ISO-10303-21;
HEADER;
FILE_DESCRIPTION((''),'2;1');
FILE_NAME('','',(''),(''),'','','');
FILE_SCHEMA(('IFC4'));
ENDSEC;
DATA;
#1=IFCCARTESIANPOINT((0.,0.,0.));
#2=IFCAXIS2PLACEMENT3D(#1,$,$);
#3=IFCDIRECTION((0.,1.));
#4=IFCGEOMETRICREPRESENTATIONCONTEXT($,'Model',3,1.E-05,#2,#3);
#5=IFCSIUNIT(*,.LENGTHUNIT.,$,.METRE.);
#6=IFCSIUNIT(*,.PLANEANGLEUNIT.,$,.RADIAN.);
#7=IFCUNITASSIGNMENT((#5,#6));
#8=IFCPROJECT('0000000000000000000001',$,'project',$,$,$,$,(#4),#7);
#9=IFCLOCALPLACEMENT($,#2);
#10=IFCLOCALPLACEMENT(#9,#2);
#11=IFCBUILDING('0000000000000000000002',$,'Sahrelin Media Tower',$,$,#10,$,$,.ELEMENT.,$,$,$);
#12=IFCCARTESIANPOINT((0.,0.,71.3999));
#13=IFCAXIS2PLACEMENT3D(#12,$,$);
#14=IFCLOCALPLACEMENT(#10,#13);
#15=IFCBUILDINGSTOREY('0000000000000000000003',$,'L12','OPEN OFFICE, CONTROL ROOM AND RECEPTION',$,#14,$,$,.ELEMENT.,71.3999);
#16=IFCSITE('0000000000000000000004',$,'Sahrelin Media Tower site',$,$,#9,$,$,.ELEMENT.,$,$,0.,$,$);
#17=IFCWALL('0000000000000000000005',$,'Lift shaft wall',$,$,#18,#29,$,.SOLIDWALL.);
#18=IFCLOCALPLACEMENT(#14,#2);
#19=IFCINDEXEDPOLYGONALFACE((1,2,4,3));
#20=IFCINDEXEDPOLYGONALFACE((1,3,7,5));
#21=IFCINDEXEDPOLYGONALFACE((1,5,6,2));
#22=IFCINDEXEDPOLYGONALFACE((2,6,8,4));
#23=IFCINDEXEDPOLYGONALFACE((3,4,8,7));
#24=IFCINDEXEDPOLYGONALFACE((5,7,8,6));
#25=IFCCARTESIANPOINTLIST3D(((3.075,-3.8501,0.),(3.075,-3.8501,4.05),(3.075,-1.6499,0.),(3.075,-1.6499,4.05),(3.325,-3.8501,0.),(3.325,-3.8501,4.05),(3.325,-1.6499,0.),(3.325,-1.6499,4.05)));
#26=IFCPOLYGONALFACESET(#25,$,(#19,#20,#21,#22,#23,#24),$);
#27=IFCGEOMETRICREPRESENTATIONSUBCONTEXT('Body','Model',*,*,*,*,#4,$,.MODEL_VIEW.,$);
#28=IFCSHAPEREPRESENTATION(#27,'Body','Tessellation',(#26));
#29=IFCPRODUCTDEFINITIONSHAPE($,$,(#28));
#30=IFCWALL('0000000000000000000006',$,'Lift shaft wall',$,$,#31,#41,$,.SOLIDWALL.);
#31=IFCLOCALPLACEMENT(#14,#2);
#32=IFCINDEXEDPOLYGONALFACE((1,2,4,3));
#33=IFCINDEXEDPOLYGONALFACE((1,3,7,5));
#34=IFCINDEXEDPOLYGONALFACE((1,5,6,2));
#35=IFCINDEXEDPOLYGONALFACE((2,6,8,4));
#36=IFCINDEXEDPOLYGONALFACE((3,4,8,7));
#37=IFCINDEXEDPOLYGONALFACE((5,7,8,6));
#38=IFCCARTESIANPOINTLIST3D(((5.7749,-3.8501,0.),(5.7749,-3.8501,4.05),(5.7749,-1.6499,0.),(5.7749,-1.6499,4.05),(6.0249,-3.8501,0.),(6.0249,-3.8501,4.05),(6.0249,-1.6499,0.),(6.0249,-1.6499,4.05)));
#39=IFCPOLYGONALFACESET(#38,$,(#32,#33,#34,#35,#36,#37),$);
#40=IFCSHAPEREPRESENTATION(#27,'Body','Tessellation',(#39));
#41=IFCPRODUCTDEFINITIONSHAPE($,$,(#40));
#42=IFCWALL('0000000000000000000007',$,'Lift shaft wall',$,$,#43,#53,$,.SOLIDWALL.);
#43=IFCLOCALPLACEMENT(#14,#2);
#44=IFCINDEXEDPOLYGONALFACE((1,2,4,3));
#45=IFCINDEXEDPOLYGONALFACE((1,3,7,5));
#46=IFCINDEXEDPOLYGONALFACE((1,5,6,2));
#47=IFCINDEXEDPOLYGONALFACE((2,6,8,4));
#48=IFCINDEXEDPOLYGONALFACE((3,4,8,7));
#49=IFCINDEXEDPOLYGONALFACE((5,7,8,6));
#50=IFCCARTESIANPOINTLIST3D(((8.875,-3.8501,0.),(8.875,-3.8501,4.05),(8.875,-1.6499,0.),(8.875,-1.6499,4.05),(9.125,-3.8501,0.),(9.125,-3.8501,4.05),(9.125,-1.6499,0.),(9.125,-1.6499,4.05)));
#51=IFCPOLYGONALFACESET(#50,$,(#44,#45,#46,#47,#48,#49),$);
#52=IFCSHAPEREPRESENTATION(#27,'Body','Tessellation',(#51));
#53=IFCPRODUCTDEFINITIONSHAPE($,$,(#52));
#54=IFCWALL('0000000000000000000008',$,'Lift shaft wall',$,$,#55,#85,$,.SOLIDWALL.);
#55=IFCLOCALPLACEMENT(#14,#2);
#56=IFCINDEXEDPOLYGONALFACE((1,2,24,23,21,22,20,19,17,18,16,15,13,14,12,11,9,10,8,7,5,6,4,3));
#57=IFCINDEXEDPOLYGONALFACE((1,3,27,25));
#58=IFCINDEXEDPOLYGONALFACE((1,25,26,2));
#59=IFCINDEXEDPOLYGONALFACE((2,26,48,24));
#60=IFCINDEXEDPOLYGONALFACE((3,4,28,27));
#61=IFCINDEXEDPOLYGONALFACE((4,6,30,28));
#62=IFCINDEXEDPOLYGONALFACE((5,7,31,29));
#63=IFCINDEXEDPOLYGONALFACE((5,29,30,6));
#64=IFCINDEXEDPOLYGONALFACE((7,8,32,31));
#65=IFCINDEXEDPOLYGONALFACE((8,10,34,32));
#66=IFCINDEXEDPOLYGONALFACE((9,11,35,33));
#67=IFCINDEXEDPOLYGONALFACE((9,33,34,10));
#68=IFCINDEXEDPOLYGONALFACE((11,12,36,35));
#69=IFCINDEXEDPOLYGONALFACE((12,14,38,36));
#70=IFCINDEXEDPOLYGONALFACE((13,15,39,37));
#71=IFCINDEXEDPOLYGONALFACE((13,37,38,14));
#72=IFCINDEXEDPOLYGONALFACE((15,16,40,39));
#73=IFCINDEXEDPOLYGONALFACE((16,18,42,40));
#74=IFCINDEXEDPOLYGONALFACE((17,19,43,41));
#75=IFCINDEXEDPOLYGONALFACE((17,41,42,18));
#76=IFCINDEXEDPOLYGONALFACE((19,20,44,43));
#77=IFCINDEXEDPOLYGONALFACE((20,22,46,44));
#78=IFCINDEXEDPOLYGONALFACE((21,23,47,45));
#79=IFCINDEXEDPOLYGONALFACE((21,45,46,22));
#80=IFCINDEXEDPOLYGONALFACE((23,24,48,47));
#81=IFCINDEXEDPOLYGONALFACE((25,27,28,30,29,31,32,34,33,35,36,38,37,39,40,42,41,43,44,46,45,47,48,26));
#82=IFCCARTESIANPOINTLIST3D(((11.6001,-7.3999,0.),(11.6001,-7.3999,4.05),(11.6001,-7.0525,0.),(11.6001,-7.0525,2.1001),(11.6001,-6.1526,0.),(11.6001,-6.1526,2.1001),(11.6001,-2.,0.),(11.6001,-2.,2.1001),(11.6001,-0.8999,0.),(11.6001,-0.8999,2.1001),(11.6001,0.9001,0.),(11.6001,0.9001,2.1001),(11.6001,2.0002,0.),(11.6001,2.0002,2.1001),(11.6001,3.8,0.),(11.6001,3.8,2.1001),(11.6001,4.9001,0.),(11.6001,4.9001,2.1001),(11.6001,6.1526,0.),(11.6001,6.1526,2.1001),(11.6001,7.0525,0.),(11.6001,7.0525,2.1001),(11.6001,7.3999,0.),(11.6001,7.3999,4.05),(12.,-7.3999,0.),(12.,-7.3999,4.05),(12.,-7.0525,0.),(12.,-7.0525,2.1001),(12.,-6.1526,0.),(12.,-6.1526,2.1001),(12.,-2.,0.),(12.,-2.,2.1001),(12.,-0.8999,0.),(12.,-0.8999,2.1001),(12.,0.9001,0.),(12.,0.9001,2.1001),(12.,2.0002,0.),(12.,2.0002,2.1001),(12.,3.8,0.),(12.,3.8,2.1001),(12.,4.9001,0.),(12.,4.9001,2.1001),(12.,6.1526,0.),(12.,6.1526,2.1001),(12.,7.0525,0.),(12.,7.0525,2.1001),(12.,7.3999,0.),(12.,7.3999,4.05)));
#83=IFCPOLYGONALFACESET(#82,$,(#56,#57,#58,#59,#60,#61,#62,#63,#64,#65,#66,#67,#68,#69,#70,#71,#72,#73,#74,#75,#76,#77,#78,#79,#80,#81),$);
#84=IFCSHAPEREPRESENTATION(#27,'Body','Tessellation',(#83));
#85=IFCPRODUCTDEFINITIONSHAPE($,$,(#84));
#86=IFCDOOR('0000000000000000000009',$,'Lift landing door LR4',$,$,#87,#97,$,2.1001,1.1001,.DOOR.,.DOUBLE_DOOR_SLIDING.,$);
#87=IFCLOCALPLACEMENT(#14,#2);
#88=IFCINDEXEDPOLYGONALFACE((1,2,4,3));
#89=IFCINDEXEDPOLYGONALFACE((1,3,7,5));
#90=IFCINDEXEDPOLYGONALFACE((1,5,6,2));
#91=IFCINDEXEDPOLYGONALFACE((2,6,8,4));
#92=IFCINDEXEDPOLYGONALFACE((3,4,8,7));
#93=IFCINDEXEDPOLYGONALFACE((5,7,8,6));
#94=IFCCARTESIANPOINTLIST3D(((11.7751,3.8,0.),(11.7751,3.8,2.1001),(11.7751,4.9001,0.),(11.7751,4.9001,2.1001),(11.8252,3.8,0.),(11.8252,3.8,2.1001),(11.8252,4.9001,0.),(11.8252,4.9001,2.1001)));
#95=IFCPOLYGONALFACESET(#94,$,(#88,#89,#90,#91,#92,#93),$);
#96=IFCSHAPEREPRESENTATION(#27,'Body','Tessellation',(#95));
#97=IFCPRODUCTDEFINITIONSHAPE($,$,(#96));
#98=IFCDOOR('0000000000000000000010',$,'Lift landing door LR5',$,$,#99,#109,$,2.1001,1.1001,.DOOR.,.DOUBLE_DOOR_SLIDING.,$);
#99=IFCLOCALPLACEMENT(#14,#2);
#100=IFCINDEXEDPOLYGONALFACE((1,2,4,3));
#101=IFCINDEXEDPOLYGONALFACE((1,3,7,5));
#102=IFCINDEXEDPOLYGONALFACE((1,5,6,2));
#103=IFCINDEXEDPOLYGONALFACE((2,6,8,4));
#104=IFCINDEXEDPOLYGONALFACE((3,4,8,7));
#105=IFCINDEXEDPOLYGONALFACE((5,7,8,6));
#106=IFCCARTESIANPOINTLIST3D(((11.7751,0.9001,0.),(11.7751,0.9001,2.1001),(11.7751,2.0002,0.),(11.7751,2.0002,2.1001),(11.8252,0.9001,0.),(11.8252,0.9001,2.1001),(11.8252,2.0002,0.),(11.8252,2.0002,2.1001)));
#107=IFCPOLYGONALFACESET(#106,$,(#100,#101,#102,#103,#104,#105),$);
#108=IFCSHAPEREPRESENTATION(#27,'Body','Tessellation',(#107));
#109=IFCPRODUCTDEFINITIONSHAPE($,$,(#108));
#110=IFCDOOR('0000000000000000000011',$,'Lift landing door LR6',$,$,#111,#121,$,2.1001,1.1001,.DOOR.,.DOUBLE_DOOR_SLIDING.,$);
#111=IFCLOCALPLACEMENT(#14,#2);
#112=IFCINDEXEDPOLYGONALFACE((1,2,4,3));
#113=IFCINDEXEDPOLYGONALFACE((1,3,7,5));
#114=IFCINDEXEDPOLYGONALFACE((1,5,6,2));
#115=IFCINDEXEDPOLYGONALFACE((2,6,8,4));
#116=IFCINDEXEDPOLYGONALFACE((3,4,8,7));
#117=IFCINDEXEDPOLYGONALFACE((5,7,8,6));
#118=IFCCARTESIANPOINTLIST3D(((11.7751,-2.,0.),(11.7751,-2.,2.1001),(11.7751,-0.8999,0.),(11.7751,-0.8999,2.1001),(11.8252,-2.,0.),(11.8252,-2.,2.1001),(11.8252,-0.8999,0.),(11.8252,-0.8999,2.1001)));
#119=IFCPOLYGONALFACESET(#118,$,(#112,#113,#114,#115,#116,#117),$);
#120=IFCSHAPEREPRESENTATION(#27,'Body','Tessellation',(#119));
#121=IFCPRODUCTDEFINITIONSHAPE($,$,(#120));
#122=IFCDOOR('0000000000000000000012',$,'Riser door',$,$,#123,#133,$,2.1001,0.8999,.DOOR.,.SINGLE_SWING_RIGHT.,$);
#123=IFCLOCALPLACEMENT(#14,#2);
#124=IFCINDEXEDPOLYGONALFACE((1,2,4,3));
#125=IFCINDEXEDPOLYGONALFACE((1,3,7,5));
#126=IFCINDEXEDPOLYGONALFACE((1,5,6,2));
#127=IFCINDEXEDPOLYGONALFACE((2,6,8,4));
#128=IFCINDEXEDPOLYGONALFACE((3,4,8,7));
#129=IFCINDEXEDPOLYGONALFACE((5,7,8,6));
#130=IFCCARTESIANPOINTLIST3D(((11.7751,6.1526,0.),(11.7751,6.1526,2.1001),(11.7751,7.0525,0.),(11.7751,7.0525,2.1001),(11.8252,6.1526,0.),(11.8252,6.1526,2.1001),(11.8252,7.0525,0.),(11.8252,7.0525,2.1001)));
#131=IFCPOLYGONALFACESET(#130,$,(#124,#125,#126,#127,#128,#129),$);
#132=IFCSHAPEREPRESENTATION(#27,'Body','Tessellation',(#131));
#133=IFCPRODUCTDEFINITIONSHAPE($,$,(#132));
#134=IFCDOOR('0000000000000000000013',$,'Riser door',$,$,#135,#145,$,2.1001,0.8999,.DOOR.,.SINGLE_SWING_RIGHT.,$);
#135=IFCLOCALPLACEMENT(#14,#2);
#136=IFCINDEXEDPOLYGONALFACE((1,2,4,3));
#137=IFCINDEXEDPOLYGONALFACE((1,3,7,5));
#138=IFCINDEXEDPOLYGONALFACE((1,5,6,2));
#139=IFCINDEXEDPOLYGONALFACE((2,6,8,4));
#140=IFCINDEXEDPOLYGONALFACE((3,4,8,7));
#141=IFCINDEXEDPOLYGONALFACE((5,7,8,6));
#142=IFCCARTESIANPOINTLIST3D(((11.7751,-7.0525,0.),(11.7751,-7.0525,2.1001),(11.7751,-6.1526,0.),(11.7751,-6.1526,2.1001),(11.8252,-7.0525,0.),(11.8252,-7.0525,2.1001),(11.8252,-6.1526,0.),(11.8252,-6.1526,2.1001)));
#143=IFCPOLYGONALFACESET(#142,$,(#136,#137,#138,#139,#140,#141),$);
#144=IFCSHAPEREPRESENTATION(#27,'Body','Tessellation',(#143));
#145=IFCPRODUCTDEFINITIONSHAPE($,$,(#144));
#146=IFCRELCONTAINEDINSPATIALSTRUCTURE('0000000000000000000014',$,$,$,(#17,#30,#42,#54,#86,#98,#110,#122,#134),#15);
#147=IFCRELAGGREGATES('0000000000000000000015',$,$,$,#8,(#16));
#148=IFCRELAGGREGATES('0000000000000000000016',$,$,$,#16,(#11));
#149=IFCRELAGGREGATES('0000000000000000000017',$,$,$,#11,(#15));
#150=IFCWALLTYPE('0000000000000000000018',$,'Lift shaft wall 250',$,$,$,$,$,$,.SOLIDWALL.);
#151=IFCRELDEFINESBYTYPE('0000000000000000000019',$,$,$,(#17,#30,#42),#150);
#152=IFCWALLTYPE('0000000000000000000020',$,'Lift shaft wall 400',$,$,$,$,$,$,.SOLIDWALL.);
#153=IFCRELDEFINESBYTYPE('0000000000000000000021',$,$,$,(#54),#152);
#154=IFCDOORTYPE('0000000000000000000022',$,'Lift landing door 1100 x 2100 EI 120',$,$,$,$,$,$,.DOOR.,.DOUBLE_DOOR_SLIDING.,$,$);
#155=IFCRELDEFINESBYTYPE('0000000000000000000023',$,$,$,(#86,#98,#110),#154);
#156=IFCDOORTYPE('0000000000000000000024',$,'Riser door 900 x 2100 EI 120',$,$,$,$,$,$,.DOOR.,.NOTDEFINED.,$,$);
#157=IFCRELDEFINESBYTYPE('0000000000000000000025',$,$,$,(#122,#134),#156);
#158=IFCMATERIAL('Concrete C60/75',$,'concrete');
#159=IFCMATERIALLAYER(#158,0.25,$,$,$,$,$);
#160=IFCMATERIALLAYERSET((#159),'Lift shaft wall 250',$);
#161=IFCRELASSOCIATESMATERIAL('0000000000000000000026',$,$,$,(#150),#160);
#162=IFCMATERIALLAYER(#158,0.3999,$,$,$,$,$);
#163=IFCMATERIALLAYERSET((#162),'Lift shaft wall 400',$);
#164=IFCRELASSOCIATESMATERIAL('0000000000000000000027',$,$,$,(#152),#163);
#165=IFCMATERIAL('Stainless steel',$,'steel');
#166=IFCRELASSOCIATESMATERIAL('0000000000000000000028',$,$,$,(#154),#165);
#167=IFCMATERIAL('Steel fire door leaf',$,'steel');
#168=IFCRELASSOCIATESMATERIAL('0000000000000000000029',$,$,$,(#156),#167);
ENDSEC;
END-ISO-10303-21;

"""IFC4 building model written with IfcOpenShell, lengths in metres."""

from ifc_helpers import new_model, si_unit, direction, frame, frame_2d, origin, place, context, subcontext, project, spatial, rectangle, extrude, material, layer, layer_set, type_object, element, fill, save


model = new_model("IFC4")

# Units and contexts
model_context = context("Model", 3, precision=1e-05, world=origin(), true_north=direction((0.0, 1.0)))
body_context = subcontext(model_context, "Body", "Model", "MODEL_VIEW")
ifc_project = project(units=[si_unit("LENGTHUNIT", "METRE"), si_unit("PLANEANGLEUNIT", "RADIAN")], contexts=[model_context])

# Site, building, storey
site_placement = place(None, origin())
site = spatial("IfcSite", under=ifc_project, at=site_placement, Name="Sahrelin Media Tower site", CompositionType="ELEMENT", RefElevation=0.0)
building_placement = place(site_placement, origin())
building = spatial("IfcBuilding", under=site, at=building_placement, Name="Sahrelin Media Tower", CompositionType="ELEMENT")
storey_placement = place(building_placement, frame((0.0, 0.0, 71.3999)))
storey = spatial("IfcBuildingStorey", under=building, at=storey_placement, Name="L12", Description="OPEN OFFICE, CONTROL ROOM AND RECEPTION", CompositionType="ELEMENT", Elevation=71.3999)

# Shared definitions
ifc_material_1 = material(Name="Concrete C60/75", Category="concrete")

# Shared definitions
ifc_material_2 = material(Name="Steel fire door leaf", Category="steel")

# Walls
ifc_layer_1 = layer(ifc_material_1, 0.25)
ifc_layer_set_1 = layer_set([ifc_layer_1], Name="Lift shaft wall 250")
wall_type_1 = type_object("IfcWallType", Name="Lift shaft wall 250", PredefinedType="SOLIDWALL", material=ifc_layer_set_1)
for number, where, z_axis, x_axis, name in (
    (1, (3.2, -3.8501, 0.0), (0.0, 0.0, 1.0), (0.0, 1.0, 0.0), "Lift shaft wall"),
    (2, (5.8999, -3.8501, 0.0), (0.0, 0.0, 1.0), (0.0, 1.0, 0.0), "Lift shaft wall"),
    (3, (9.0, -3.8501, 0.0), (0.0, 0.0, 1.0), (0.0, 1.0, 0.0), "Lift shaft wall"),
):
    element("IfcWall", number, at=place(storey_placement, frame(where, z_axis=z_axis, x_axis=x_axis)), inside=storey, type_object=wall_type_1, Name=name, PredefinedType="SOLIDWALL", context=body_context, shape_type="SweptSolid", body=[
        extrude(rectangle(XDim=2.2002, YDim=0.25, at=frame_2d((1.1001, 0.0))), origin(), (0.0, 0.0, 1.0), 4.05),
    ])

# Wall, openings, doors
ifc_layer_2 = layer(ifc_material_1, 0.3999)
ifc_layer_set_2 = layer_set([ifc_layer_2], Name="Lift shaft wall 400")
wall_type_2 = type_object("IfcWallType", Name="Lift shaft wall 400", PredefinedType="SOLIDWALL", material=ifc_layer_set_2)
wall_1_placement = place(storey_placement, frame((11.8, -7.3999, 0.0), z_axis=(0.0, 0.0, 1.0), x_axis=(0.0, 1.0, 0.0)))
wall_1 = element("IfcWall", 4, at=wall_1_placement, inside=storey, type_object=wall_type_2, Name="Lift shaft wall", PredefinedType="SOLIDWALL", context=body_context, shape_type="SweptSolid", body=[
    extrude(rectangle(XDim=14.7998, YDim=0.3999, at=frame_2d((7.3999, 0.0))), origin(), (0.0, 0.0, 1.0), 4.05),
])
opening_1_placement = place(wall_1_placement, frame((11.2, 0.0, 0.0)))
opening_1 = element("IfcOpeningElement", 5, at=opening_1_placement, cuts=wall_1, PredefinedType="OPENING", context=body_context, shape_type="SweptSolid", body=[
    extrude(rectangle(XDim=1.1001, YDim=2.1001, at=frame_2d((0.55, 1.05))), frame((0.0, 0.2, 0.0), z_axis=(0.0, -1.0, 0.0), x_axis=(1.0, 0.0, 0.0)), (0.0, 0.0, 1.0), 0.3999),
])
opening_2_placement = place(wall_1_placement, frame((8.3, 0.0, 0.0)))
opening_2 = element("IfcOpeningElement", 6, at=opening_2_placement, cuts=wall_1, PredefinedType="OPENING", context=body_context, shape_type="SweptSolid", body=[
    extrude(rectangle(XDim=1.1001, YDim=2.1001, at=frame_2d((0.55, 1.05))), frame((0.0, 0.2, 0.0), z_axis=(0.0, -1.0, 0.0), x_axis=(1.0, 0.0, 0.0)), (0.0, 0.0, 1.0), 0.3999),
])
opening_3_placement = place(wall_1_placement, frame((5.3999, 0.0, 0.0)))
opening_3 = element("IfcOpeningElement", 7, at=opening_3_placement, cuts=wall_1, PredefinedType="OPENING", context=body_context, shape_type="SweptSolid", body=[
    extrude(rectangle(XDim=1.1001, YDim=2.1001, at=frame_2d((0.55, 1.05))), frame((0.0, 0.2, 0.0), z_axis=(0.0, -1.0, 0.0), x_axis=(1.0, 0.0, 0.0)), (0.0, 0.0, 1.0), 0.3999),
])
opening_4_placement = place(wall_1_placement, frame((13.5525, 0.0, 0.0)))
opening_4 = element("IfcOpeningElement", 8, at=opening_4_placement, cuts=wall_1, PredefinedType="OPENING", context=body_context, shape_type="SweptSolid", body=[
    extrude(rectangle(XDim=0.8999, YDim=2.1001, at=frame_2d((0.45, 1.05))), frame((0.0, 0.2, 0.0), z_axis=(0.0, -1.0, 0.0), x_axis=(1.0, 0.0, 0.0)), (0.0, 0.0, 1.0), 0.3999),
])
opening_5_placement = place(wall_1_placement, frame((0.3474, 0.0, 0.0)))
opening_5 = element("IfcOpeningElement", 9, at=opening_5_placement, cuts=wall_1, PredefinedType="OPENING", context=body_context, shape_type="SweptSolid", body=[
    extrude(rectangle(XDim=0.8999, YDim=2.1001, at=frame_2d((0.45, 1.05))), frame((0.0, 0.2, 0.0), z_axis=(0.0, -1.0, 0.0), x_axis=(1.0, 0.0, 0.0)), (0.0, 0.0, 1.0), 0.3999),
])
ifc_material_3 = material(Name="Stainless steel", Category="steel")
door_type_1 = type_object("IfcDoorType", Name="Lift landing door 1100 x 2100 EI 120", OperationType="DOUBLE_DOOR_SLIDING", PredefinedType="DOOR", material=ifc_material_3)
door_1_placement = place(opening_1_placement, origin())
door_1 = element("IfcDoor", 10, at=door_1_placement, inside=storey, type_object=door_type_1, Name="Lift landing door LR4", OperationType="DOUBLE_DOOR_SLIDING", OverallHeight=2.1001, OverallWidth=1.1001, PredefinedType="DOOR", context=body_context, shape_type="SweptSolid", body=[
    extrude(rectangle(XDim=1.1001, YDim=2.1001, at=frame_2d((0.55, 1.05))), frame((0.0, 0.0249, 0.0), z_axis=(0.0, -1.0, 0.0), x_axis=(1.0, 0.0, 0.0)), (0.0, 0.0, 1.0), 0.05),
])
fill(opening_1, door_1)
door_2_placement = place(opening_2_placement, origin())
door_2 = element("IfcDoor", 11, at=door_2_placement, inside=storey, type_object=door_type_1, Name="Lift landing door LR5", OperationType="DOUBLE_DOOR_SLIDING", OverallHeight=2.1001, OverallWidth=1.1001, PredefinedType="DOOR", context=body_context, shape_type="SweptSolid", body=[
    extrude(rectangle(XDim=1.1001, YDim=2.1001, at=frame_2d((0.55, 1.05))), frame((0.0, 0.0249, 0.0), z_axis=(0.0, -1.0, 0.0), x_axis=(1.0, 0.0, 0.0)), (0.0, 0.0, 1.0), 0.05),
])
fill(opening_2, door_2)
door_3_placement = place(opening_3_placement, origin())
door_3 = element("IfcDoor", 12, at=door_3_placement, inside=storey, type_object=door_type_1, Name="Lift landing door LR6", OperationType="DOUBLE_DOOR_SLIDING", OverallHeight=2.1001, OverallWidth=1.1001, PredefinedType="DOOR", context=body_context, shape_type="SweptSolid", body=[
    extrude(rectangle(XDim=1.1001, YDim=2.1001, at=frame_2d((0.55, 1.05))), frame((0.0, 0.0249, 0.0), z_axis=(0.0, -1.0, 0.0), x_axis=(1.0, 0.0, 0.0)), (0.0, 0.0, 1.0), 0.05),
])
fill(opening_3, door_3)
door_type_2 = type_object("IfcDoorType", Name="Riser door 900 x 2100 EI 120", OperationType="NOTDEFINED", PredefinedType="DOOR", material=ifc_material_2)
door_4_placement = place(opening_4_placement, origin())
door_4 = element("IfcDoor", 13, at=door_4_placement, inside=storey, type_object=door_type_2, Name="Riser door", OperationType="SINGLE_SWING_RIGHT", OverallHeight=2.1001, OverallWidth=0.8999, PredefinedType="DOOR", context=body_context, shape_type="SweptSolid", body=[
    extrude(rectangle(XDim=0.8999, YDim=2.1001, at=frame_2d((0.45, 1.05))), frame((0.0, 0.0249, 0.0), z_axis=(0.0, -1.0, 0.0), x_axis=(1.0, 0.0, 0.0)), (0.0, 0.0, 1.0), 0.05),
])
fill(opening_4, door_4)
door_5_placement = place(opening_5_placement, origin())
door_5 = element("IfcDoor", 14, at=door_5_placement, inside=storey, type_object=door_type_2, Name="Riser door", OperationType="SINGLE_SWING_RIGHT", OverallHeight=2.1001, OverallWidth=0.8999, PredefinedType="DOOR", context=body_context, shape_type="SweptSolid", body=[
    extrude(rectangle(XDim=0.8999, YDim=2.1001, at=frame_2d((0.45, 1.05))), frame((0.0, 0.0249, 0.0), z_axis=(0.0, -1.0, 0.0), x_axis=(1.0, 0.0, 0.0)), (0.0, 0.0, 1.0), 0.05),
])
fill(opening_5, door_5)

save(model, "model.ifc")
